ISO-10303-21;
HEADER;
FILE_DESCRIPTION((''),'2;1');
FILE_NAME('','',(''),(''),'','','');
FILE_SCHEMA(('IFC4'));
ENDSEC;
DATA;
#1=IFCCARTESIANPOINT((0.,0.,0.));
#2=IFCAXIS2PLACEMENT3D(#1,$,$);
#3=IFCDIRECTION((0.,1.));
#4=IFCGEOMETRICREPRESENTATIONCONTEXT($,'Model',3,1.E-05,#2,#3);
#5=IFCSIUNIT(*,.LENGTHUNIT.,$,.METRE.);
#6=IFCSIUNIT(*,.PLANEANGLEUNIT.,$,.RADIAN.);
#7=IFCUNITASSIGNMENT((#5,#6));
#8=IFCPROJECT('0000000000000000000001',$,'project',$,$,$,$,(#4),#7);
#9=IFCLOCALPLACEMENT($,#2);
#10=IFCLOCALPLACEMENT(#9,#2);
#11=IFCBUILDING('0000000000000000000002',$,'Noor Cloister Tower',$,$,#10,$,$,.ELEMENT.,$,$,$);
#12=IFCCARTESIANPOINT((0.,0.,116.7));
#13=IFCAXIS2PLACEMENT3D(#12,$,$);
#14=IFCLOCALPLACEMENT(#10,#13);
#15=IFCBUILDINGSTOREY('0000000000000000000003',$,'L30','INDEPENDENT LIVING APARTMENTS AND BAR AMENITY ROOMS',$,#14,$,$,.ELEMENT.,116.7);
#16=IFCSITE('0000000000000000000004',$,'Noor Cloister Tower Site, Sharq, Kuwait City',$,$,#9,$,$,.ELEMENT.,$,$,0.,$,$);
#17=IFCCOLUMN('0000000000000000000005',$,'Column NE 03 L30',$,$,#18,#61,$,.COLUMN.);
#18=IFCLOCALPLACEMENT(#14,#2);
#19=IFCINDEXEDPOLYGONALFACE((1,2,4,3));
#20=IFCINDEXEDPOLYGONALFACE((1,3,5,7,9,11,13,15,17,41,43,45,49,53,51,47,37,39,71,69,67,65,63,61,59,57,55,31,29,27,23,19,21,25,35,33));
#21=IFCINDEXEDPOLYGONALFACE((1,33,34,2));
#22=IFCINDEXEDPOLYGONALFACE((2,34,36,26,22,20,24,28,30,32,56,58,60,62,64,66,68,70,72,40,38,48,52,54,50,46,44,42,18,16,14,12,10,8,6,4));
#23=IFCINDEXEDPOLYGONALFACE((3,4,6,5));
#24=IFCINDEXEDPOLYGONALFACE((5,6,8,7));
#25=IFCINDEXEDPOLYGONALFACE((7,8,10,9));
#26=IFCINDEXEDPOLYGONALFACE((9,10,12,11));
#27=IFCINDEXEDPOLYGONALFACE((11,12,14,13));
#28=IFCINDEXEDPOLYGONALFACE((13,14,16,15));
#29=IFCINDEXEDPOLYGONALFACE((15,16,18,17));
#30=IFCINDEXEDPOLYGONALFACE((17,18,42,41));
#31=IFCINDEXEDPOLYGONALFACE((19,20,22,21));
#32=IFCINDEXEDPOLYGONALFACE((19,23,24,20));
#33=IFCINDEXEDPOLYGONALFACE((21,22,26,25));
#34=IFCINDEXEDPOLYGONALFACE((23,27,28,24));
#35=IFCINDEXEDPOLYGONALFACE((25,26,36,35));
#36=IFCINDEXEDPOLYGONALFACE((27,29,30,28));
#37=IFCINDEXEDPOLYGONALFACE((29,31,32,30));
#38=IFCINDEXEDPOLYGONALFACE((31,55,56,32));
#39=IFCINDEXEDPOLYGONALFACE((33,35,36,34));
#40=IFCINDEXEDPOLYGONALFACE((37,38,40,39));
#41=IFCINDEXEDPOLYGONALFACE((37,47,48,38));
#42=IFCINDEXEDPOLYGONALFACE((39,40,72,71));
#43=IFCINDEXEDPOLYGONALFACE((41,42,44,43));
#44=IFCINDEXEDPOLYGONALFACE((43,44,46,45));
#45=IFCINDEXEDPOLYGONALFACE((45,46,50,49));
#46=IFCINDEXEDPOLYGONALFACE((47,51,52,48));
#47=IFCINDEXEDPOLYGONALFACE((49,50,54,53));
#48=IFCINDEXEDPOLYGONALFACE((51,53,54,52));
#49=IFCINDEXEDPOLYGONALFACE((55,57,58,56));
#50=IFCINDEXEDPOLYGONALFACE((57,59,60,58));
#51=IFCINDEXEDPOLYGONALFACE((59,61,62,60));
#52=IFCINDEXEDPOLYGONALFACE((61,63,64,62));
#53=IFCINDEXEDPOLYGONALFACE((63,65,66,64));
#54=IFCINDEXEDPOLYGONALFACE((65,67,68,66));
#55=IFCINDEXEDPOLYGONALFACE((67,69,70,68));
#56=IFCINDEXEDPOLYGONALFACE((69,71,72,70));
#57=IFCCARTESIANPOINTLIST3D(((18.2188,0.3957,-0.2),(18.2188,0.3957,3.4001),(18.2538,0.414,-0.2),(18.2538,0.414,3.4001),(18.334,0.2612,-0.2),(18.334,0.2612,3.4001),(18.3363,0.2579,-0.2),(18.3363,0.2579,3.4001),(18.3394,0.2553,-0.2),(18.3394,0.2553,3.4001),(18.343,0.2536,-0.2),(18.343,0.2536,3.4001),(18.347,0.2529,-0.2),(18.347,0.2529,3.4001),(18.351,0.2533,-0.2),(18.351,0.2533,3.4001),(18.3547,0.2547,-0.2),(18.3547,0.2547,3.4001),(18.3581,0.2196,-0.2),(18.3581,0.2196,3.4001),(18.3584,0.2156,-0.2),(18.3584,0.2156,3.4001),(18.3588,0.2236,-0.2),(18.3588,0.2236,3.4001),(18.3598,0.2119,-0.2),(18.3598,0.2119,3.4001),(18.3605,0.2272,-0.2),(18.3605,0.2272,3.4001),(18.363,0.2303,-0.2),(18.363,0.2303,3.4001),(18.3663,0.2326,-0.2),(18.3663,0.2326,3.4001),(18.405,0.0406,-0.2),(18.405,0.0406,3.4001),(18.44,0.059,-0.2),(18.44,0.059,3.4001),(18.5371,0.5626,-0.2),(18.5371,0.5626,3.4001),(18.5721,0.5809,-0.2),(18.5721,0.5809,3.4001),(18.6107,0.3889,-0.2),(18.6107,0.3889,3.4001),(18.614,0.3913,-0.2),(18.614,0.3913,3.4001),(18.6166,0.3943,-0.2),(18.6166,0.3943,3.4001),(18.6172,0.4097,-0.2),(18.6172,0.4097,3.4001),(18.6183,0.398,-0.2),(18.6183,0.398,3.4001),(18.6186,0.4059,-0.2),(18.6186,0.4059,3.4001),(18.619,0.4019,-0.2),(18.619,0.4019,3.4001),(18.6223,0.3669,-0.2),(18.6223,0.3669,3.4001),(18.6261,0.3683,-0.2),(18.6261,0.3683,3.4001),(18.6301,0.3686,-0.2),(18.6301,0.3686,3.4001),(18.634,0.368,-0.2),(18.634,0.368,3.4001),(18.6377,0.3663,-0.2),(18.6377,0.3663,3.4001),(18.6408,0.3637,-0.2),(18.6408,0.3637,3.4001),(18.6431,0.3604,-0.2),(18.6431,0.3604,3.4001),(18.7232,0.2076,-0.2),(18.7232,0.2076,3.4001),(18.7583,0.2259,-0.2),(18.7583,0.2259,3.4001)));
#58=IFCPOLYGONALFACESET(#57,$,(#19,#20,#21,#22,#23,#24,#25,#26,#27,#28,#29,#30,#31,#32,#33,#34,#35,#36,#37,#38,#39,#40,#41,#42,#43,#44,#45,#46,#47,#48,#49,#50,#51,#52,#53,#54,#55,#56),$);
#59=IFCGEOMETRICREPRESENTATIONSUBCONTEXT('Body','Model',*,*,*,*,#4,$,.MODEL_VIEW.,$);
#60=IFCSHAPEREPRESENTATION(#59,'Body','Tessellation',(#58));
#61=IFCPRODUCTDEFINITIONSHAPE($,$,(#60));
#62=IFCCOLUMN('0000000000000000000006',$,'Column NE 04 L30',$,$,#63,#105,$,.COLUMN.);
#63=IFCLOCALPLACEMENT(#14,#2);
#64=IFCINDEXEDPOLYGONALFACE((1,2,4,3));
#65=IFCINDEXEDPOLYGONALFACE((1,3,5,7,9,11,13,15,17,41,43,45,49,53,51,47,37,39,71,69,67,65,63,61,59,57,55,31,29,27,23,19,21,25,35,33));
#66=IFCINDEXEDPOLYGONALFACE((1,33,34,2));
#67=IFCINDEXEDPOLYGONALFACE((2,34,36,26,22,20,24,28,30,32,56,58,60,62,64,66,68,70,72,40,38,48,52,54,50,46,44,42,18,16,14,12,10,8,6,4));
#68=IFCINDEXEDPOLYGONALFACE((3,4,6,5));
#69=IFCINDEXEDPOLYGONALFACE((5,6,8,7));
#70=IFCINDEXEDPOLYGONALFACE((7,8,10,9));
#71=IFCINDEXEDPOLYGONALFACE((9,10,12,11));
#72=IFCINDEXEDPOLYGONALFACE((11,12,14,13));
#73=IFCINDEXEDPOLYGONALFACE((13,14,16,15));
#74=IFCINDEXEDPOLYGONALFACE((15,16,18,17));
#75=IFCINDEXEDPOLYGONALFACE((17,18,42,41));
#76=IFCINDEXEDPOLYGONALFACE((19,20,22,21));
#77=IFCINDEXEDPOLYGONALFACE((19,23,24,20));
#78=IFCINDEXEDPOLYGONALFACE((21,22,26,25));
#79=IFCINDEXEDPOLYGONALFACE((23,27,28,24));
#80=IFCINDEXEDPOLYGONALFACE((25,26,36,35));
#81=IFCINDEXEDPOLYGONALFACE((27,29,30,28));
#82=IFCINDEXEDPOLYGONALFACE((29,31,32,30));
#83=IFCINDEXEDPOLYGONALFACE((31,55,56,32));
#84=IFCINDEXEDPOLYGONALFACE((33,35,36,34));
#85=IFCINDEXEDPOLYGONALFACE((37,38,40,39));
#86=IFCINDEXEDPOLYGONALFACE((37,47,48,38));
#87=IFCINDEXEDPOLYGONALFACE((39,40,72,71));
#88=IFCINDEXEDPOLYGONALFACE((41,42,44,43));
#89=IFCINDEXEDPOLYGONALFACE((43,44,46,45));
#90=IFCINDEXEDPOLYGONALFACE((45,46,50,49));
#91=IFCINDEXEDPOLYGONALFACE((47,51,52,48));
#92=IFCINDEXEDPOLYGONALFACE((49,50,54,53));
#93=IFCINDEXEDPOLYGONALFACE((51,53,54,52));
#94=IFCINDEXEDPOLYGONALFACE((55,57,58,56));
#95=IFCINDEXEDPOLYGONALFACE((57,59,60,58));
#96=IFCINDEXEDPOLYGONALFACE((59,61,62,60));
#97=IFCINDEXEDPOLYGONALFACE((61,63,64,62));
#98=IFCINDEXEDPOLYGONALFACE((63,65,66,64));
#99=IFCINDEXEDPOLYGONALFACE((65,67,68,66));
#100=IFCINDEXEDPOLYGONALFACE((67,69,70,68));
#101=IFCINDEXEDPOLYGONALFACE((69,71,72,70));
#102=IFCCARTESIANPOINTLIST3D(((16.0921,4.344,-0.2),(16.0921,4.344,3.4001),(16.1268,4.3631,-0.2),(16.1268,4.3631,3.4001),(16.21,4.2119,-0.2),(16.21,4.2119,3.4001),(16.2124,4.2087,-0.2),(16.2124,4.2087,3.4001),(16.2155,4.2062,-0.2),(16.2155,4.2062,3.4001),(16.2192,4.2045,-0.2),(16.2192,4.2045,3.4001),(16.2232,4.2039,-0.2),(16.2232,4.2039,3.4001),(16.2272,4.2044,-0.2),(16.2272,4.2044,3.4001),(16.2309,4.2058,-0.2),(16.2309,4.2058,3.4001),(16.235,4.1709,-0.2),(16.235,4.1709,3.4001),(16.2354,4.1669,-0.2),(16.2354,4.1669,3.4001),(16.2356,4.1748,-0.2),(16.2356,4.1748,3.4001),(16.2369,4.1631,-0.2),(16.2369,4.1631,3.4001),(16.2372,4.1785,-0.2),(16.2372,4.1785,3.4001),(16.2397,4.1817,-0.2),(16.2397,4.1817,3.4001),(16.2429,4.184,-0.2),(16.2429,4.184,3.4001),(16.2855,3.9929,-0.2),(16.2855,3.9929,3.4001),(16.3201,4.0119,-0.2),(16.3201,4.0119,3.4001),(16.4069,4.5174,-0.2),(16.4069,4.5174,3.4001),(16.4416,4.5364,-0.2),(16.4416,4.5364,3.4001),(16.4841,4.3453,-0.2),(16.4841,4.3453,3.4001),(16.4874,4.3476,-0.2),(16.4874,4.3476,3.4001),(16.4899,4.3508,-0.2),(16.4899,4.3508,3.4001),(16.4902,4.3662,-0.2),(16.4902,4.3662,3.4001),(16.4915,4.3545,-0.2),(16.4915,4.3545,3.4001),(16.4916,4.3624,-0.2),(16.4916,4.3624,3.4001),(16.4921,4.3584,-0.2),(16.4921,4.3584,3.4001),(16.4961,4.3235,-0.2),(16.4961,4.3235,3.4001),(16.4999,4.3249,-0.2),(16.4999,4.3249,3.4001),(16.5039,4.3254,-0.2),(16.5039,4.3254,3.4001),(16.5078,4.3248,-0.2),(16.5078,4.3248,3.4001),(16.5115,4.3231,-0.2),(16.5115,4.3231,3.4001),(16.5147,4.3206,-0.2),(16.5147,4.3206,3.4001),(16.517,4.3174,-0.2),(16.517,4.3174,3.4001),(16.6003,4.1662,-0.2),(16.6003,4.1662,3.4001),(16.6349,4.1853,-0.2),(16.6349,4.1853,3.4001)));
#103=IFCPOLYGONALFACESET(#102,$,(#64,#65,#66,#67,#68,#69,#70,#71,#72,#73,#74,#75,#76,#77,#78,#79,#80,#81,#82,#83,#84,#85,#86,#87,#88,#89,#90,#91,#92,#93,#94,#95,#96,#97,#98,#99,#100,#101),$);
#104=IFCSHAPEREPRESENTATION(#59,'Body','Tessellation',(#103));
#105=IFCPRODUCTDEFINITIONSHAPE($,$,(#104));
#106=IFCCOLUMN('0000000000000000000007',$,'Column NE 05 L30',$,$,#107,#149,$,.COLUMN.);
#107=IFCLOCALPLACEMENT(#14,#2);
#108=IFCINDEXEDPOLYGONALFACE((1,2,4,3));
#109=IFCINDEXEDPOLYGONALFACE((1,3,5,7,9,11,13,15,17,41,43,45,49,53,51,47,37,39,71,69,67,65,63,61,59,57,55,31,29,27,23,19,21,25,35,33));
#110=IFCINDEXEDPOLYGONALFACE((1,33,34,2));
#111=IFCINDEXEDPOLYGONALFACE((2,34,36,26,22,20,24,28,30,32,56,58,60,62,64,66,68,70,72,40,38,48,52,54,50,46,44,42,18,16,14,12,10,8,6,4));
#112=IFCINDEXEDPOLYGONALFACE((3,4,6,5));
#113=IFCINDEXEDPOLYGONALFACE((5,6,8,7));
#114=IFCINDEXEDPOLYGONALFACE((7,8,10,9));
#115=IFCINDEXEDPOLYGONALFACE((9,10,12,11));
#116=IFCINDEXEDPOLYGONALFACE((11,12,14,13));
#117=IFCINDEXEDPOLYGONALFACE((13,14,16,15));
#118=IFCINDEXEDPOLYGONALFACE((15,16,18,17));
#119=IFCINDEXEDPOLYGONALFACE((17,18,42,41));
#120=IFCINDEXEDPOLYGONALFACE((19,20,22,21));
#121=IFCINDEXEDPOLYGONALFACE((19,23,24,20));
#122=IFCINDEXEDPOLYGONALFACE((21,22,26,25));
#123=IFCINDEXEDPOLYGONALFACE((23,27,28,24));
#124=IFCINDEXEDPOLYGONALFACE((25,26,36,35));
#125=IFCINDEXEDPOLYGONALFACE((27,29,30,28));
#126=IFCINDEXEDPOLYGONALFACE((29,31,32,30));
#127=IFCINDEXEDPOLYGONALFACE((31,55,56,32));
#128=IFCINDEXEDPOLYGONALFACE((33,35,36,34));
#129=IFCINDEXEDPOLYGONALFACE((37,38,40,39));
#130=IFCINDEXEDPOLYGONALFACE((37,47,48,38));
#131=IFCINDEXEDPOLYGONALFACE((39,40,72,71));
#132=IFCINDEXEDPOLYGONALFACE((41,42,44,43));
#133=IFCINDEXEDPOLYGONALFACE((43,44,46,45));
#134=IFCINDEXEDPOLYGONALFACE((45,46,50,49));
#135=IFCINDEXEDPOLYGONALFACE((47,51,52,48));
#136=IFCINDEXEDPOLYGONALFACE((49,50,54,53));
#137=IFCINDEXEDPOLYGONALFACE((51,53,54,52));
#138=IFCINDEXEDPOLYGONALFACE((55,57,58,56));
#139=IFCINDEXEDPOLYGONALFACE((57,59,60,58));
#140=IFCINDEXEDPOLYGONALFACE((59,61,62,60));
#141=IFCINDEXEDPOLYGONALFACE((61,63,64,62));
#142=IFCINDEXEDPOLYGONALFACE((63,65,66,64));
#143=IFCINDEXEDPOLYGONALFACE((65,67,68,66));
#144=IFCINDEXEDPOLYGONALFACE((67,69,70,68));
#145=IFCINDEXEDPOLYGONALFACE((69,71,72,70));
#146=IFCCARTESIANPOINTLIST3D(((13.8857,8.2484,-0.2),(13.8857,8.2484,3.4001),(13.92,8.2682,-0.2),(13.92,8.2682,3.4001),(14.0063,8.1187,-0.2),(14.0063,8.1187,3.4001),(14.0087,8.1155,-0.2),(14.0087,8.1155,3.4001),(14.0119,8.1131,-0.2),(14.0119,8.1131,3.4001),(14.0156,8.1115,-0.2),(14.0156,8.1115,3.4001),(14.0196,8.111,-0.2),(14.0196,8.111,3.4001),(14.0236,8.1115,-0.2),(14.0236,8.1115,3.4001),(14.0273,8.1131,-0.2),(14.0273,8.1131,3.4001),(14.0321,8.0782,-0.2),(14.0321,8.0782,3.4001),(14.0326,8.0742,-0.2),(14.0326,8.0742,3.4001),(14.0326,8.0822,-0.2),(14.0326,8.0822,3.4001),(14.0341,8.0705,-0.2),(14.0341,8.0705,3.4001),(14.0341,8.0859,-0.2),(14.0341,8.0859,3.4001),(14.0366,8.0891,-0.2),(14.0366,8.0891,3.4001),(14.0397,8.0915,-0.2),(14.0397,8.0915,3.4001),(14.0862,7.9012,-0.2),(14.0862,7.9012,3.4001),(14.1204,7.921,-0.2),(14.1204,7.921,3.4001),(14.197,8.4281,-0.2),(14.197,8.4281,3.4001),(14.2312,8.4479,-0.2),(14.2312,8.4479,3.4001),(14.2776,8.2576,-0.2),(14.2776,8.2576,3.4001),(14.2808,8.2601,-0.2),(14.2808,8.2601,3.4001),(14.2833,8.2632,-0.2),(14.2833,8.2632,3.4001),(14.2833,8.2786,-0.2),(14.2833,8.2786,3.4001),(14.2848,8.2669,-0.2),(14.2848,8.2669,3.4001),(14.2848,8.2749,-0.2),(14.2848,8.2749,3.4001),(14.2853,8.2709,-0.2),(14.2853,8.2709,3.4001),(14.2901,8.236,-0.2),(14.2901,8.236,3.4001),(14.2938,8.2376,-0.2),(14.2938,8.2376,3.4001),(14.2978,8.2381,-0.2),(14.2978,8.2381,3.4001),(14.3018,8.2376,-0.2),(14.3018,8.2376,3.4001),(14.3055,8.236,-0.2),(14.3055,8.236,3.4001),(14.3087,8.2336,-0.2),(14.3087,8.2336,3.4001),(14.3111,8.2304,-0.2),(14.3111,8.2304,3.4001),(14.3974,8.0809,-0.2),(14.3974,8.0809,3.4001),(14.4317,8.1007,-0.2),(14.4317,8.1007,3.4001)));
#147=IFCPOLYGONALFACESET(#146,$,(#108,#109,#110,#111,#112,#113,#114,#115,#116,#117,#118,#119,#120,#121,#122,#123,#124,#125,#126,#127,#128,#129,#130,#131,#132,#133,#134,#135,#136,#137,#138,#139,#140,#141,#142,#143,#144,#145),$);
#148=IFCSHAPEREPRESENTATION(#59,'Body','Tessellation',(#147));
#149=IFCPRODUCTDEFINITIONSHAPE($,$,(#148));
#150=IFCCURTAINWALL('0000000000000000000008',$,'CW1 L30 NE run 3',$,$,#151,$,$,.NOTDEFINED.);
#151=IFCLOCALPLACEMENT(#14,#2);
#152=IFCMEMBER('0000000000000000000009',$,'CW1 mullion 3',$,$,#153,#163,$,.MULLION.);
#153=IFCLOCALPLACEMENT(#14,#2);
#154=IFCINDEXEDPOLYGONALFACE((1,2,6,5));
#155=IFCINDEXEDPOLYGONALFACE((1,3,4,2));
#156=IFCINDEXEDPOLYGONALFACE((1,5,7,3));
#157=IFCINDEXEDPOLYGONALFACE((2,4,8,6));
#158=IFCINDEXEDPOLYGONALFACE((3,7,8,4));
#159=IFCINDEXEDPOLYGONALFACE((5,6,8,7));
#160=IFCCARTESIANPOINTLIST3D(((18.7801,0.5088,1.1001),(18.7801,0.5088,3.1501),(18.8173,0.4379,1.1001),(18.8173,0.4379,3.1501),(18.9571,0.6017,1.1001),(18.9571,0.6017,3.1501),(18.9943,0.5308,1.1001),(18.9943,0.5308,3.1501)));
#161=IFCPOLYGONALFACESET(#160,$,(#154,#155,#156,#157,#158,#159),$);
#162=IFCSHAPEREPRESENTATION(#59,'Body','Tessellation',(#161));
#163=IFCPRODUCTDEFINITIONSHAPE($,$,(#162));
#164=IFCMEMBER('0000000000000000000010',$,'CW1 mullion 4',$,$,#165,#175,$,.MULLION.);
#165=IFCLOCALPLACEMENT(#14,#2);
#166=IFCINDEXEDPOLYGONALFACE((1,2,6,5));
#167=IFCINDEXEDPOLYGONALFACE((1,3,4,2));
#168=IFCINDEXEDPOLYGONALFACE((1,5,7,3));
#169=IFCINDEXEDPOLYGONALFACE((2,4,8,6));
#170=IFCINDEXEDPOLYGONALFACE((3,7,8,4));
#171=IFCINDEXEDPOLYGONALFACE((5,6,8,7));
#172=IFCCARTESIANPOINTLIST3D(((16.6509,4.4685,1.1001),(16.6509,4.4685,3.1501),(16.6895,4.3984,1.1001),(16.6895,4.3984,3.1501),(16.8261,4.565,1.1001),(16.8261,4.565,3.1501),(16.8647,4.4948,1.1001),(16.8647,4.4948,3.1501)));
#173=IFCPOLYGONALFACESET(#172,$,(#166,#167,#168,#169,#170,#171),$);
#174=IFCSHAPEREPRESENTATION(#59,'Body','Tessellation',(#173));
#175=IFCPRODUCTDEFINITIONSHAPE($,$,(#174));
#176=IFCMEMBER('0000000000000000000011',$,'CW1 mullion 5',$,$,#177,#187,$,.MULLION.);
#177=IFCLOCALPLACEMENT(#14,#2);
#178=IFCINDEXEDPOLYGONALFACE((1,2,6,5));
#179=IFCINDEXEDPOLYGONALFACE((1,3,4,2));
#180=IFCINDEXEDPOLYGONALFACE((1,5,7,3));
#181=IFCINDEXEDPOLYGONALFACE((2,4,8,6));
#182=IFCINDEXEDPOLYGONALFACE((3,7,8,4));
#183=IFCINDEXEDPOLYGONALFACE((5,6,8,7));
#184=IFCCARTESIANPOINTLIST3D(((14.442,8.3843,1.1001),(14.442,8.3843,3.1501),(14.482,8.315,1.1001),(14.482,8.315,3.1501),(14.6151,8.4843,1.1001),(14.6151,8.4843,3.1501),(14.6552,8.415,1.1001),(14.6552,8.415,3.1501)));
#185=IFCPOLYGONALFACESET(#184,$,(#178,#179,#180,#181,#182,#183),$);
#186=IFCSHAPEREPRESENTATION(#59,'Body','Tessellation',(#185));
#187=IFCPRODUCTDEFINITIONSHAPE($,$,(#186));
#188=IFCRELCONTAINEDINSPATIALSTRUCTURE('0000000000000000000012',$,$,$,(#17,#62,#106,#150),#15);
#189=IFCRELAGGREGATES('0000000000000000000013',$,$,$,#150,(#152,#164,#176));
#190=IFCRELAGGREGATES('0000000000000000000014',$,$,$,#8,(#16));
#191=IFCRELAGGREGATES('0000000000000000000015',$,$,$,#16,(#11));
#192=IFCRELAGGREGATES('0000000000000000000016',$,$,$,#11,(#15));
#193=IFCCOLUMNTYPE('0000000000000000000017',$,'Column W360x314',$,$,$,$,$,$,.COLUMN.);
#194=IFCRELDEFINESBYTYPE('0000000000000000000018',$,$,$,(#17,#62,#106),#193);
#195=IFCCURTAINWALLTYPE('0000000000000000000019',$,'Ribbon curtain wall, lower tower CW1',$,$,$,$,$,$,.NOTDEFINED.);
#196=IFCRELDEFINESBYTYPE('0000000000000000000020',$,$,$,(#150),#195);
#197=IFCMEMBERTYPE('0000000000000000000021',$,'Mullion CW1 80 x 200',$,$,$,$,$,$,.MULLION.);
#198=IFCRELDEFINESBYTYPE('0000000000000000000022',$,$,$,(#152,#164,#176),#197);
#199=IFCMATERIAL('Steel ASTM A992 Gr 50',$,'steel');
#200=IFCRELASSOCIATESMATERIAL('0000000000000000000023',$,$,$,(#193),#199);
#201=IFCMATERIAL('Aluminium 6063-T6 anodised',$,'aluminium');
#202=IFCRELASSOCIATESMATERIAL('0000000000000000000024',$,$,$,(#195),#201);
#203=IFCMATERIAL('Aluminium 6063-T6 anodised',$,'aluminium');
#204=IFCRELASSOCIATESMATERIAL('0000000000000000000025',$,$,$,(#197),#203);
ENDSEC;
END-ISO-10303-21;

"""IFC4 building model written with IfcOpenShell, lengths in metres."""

from ifc_helpers import new_model, si_unit, direction, frame, origin, origin_2d, place, context, subcontext, project, spatial, rectangle, i_section, extrude, material, material_profile, profile_set, type_object, element, aggregate, save


model = new_model("IFC4")

# Units and contexts
model_context = context("Model", 3, precision=1e-05, world=origin(), true_north=direction((0.0, 1.0)))
body_context = subcontext(model_context, "Body", "Model", "MODEL_VIEW")
ifc_project = project(units=[si_unit("LENGTHUNIT", "METRE"), si_unit("PLANEANGLEUNIT", "RADIAN")], contexts=[model_context])

# Site, building, storey
site_placement = place(None, origin())
site = spatial("IfcSite", under=ifc_project, at=site_placement, Name="Noor Cloister Tower Site, Sharq, Kuwait City", CompositionType="ELEMENT", RefElevation=0.0)
building_placement = place(site_placement, origin())
building = spatial("IfcBuilding", under=site, at=building_placement, Name="Noor Cloister Tower", CompositionType="ELEMENT")
storey_placement = place(building_placement, frame((0.0, 0.0, 116.7)))
storey = spatial("IfcBuildingStorey", under=building, at=storey_placement, Name="L30", Description="INDEPENDENT LIVING APARTMENTS AND BAR AMENITY ROOMS", CompositionType="ELEMENT", Elevation=116.7)

# Columns
ifc_material_1 = material(Name="Steel ASTM A992 Gr 50", Category="steel")
ifc_material_profile_1 = material_profile(ifc_material_1, i_section(OverallWidth=0.4009, OverallDepth=0.3989, WebThickness=0.0249, FlangeThickness=0.0396, FilletRadius=0.0154, at=origin_2d()), Name="W360x314")
ifc_profile_set_1 = profile_set([ifc_material_profile_1], Name="Steel ASTM A992 Gr 50")
column_type = type_object("IfcColumnType", Name="Column W360x314", PredefinedType="COLUMN", material=ifc_profile_set_1)
for number, where, z_axis, x_axis, name in (
    (1, (18.4885, 0.3108, -0.2), (0.0, 0.0, 1.0), (-0.464446, 0.885601, 0.0), "Column NE 03 L30"),
    (2, (16.3635, 4.2646, -0.2), (0.0, 0.0, 1.0), (-0.482322, 0.875994, 0.0), "Column NE 04 L30"),
    (3, (14.1587, 8.1746, -0.2), (0.0, 0.0, 1.0), (-0.5, 0.866025, 0.0), "Column NE 05 L30"),
):
    element("IfcColumn", number, at=place(storey_placement, frame(where, z_axis=z_axis, x_axis=x_axis)), inside=storey, type_object=column_type, Name=name, PredefinedType="COLUMN", context=body_context, shape_type="SweptSolid", body=[
        extrude(i_section(OverallWidth=0.4009, OverallDepth=0.3989, WebThickness=0.0249, FlangeThickness=0.0396, FilletRadius=0.0154, at=origin_2d()), origin(), (0.0, 0.0, 1.0), 3.6001),
    ])

# Curtain wall, members
ifc_material_2 = material(Name="Aluminium 6063-T6 anodised", Category="aluminium")
curtain_wall_type = type_object("IfcCurtainWallType", Name="Ribbon curtain wall, lower tower CW1", PredefinedType="NOTDEFINED", material=ifc_material_2)
curtain_wall_placement = place(storey_placement, origin())
curtain_wall = element("IfcCurtainWall", 4, at=curtain_wall_placement, inside=storey, type_object=curtain_wall_type, Name="CW1 L30 NE run 3", PredefinedType="NOTDEFINED")
ifc_material_3 = material(Name="Aluminium 6063-T6 anodised", Category="aluminium")
ifc_material_profile_2 = material_profile(ifc_material_3, rectangle(XDim=0.2, YDim=0.0801, at=origin_2d()), Name="200 x 80 mullion")
ifc_profile_set_2 = profile_set([ifc_material_profile_2], Name="Aluminium 6063-T6 anodised")
member_type = type_object("IfcMemberType", Name="Mullion CW1 80 x 200", PredefinedType="MULLION", material=ifc_profile_set_2)
member_1_placement = place(storey_placement, frame((18.8872, 0.5198, 1.1001), z_axis=(0.0, 0.0, 1.0), x_axis=(-0.885601, -0.464446, 0.0)))
member_1 = element("IfcMember", 5, at=member_1_placement, type_object=member_type, Name="CW1 mullion 3", PredefinedType="MULLION", context=body_context, shape_type="SweptSolid", body=[
    extrude(rectangle(XDim=0.2, YDim=0.0801, at=origin_2d()), origin(), (0.0, 0.0, 1.0), 2.05),
])
member_2_placement = place(storey_placement, frame((16.7578, 4.4817, 1.1001), z_axis=(0.0, 0.0, 1.0), x_axis=(-0.875994, -0.482322, 0.0)))
member_2 = element("IfcMember", 6, at=member_2_placement, type_object=member_type, Name="CW1 mullion 4", PredefinedType="MULLION", context=body_context, shape_type="SweptSolid", body=[
    extrude(rectangle(XDim=0.2, YDim=0.0801, at=origin_2d()), origin(), (0.0, 0.0, 1.0), 2.05),
])
member_3_placement = place(storey_placement, frame((14.5486, 8.3997, 1.1001), z_axis=(0.0, 0.0, 1.0), x_axis=(-0.866025, -0.5, 0.0)))
member_3 = element("IfcMember", 7, at=member_3_placement, type_object=member_type, Name="CW1 mullion 5", PredefinedType="MULLION", context=body_context, shape_type="SweptSolid", body=[
    extrude(rectangle(XDim=0.2, YDim=0.0801, at=origin_2d()), origin(), (0.0, 0.0, 1.0), 2.05),
])

aggregate(curtain_wall, [member_1, member_2, member_3])

save(model, "model.ifc")
